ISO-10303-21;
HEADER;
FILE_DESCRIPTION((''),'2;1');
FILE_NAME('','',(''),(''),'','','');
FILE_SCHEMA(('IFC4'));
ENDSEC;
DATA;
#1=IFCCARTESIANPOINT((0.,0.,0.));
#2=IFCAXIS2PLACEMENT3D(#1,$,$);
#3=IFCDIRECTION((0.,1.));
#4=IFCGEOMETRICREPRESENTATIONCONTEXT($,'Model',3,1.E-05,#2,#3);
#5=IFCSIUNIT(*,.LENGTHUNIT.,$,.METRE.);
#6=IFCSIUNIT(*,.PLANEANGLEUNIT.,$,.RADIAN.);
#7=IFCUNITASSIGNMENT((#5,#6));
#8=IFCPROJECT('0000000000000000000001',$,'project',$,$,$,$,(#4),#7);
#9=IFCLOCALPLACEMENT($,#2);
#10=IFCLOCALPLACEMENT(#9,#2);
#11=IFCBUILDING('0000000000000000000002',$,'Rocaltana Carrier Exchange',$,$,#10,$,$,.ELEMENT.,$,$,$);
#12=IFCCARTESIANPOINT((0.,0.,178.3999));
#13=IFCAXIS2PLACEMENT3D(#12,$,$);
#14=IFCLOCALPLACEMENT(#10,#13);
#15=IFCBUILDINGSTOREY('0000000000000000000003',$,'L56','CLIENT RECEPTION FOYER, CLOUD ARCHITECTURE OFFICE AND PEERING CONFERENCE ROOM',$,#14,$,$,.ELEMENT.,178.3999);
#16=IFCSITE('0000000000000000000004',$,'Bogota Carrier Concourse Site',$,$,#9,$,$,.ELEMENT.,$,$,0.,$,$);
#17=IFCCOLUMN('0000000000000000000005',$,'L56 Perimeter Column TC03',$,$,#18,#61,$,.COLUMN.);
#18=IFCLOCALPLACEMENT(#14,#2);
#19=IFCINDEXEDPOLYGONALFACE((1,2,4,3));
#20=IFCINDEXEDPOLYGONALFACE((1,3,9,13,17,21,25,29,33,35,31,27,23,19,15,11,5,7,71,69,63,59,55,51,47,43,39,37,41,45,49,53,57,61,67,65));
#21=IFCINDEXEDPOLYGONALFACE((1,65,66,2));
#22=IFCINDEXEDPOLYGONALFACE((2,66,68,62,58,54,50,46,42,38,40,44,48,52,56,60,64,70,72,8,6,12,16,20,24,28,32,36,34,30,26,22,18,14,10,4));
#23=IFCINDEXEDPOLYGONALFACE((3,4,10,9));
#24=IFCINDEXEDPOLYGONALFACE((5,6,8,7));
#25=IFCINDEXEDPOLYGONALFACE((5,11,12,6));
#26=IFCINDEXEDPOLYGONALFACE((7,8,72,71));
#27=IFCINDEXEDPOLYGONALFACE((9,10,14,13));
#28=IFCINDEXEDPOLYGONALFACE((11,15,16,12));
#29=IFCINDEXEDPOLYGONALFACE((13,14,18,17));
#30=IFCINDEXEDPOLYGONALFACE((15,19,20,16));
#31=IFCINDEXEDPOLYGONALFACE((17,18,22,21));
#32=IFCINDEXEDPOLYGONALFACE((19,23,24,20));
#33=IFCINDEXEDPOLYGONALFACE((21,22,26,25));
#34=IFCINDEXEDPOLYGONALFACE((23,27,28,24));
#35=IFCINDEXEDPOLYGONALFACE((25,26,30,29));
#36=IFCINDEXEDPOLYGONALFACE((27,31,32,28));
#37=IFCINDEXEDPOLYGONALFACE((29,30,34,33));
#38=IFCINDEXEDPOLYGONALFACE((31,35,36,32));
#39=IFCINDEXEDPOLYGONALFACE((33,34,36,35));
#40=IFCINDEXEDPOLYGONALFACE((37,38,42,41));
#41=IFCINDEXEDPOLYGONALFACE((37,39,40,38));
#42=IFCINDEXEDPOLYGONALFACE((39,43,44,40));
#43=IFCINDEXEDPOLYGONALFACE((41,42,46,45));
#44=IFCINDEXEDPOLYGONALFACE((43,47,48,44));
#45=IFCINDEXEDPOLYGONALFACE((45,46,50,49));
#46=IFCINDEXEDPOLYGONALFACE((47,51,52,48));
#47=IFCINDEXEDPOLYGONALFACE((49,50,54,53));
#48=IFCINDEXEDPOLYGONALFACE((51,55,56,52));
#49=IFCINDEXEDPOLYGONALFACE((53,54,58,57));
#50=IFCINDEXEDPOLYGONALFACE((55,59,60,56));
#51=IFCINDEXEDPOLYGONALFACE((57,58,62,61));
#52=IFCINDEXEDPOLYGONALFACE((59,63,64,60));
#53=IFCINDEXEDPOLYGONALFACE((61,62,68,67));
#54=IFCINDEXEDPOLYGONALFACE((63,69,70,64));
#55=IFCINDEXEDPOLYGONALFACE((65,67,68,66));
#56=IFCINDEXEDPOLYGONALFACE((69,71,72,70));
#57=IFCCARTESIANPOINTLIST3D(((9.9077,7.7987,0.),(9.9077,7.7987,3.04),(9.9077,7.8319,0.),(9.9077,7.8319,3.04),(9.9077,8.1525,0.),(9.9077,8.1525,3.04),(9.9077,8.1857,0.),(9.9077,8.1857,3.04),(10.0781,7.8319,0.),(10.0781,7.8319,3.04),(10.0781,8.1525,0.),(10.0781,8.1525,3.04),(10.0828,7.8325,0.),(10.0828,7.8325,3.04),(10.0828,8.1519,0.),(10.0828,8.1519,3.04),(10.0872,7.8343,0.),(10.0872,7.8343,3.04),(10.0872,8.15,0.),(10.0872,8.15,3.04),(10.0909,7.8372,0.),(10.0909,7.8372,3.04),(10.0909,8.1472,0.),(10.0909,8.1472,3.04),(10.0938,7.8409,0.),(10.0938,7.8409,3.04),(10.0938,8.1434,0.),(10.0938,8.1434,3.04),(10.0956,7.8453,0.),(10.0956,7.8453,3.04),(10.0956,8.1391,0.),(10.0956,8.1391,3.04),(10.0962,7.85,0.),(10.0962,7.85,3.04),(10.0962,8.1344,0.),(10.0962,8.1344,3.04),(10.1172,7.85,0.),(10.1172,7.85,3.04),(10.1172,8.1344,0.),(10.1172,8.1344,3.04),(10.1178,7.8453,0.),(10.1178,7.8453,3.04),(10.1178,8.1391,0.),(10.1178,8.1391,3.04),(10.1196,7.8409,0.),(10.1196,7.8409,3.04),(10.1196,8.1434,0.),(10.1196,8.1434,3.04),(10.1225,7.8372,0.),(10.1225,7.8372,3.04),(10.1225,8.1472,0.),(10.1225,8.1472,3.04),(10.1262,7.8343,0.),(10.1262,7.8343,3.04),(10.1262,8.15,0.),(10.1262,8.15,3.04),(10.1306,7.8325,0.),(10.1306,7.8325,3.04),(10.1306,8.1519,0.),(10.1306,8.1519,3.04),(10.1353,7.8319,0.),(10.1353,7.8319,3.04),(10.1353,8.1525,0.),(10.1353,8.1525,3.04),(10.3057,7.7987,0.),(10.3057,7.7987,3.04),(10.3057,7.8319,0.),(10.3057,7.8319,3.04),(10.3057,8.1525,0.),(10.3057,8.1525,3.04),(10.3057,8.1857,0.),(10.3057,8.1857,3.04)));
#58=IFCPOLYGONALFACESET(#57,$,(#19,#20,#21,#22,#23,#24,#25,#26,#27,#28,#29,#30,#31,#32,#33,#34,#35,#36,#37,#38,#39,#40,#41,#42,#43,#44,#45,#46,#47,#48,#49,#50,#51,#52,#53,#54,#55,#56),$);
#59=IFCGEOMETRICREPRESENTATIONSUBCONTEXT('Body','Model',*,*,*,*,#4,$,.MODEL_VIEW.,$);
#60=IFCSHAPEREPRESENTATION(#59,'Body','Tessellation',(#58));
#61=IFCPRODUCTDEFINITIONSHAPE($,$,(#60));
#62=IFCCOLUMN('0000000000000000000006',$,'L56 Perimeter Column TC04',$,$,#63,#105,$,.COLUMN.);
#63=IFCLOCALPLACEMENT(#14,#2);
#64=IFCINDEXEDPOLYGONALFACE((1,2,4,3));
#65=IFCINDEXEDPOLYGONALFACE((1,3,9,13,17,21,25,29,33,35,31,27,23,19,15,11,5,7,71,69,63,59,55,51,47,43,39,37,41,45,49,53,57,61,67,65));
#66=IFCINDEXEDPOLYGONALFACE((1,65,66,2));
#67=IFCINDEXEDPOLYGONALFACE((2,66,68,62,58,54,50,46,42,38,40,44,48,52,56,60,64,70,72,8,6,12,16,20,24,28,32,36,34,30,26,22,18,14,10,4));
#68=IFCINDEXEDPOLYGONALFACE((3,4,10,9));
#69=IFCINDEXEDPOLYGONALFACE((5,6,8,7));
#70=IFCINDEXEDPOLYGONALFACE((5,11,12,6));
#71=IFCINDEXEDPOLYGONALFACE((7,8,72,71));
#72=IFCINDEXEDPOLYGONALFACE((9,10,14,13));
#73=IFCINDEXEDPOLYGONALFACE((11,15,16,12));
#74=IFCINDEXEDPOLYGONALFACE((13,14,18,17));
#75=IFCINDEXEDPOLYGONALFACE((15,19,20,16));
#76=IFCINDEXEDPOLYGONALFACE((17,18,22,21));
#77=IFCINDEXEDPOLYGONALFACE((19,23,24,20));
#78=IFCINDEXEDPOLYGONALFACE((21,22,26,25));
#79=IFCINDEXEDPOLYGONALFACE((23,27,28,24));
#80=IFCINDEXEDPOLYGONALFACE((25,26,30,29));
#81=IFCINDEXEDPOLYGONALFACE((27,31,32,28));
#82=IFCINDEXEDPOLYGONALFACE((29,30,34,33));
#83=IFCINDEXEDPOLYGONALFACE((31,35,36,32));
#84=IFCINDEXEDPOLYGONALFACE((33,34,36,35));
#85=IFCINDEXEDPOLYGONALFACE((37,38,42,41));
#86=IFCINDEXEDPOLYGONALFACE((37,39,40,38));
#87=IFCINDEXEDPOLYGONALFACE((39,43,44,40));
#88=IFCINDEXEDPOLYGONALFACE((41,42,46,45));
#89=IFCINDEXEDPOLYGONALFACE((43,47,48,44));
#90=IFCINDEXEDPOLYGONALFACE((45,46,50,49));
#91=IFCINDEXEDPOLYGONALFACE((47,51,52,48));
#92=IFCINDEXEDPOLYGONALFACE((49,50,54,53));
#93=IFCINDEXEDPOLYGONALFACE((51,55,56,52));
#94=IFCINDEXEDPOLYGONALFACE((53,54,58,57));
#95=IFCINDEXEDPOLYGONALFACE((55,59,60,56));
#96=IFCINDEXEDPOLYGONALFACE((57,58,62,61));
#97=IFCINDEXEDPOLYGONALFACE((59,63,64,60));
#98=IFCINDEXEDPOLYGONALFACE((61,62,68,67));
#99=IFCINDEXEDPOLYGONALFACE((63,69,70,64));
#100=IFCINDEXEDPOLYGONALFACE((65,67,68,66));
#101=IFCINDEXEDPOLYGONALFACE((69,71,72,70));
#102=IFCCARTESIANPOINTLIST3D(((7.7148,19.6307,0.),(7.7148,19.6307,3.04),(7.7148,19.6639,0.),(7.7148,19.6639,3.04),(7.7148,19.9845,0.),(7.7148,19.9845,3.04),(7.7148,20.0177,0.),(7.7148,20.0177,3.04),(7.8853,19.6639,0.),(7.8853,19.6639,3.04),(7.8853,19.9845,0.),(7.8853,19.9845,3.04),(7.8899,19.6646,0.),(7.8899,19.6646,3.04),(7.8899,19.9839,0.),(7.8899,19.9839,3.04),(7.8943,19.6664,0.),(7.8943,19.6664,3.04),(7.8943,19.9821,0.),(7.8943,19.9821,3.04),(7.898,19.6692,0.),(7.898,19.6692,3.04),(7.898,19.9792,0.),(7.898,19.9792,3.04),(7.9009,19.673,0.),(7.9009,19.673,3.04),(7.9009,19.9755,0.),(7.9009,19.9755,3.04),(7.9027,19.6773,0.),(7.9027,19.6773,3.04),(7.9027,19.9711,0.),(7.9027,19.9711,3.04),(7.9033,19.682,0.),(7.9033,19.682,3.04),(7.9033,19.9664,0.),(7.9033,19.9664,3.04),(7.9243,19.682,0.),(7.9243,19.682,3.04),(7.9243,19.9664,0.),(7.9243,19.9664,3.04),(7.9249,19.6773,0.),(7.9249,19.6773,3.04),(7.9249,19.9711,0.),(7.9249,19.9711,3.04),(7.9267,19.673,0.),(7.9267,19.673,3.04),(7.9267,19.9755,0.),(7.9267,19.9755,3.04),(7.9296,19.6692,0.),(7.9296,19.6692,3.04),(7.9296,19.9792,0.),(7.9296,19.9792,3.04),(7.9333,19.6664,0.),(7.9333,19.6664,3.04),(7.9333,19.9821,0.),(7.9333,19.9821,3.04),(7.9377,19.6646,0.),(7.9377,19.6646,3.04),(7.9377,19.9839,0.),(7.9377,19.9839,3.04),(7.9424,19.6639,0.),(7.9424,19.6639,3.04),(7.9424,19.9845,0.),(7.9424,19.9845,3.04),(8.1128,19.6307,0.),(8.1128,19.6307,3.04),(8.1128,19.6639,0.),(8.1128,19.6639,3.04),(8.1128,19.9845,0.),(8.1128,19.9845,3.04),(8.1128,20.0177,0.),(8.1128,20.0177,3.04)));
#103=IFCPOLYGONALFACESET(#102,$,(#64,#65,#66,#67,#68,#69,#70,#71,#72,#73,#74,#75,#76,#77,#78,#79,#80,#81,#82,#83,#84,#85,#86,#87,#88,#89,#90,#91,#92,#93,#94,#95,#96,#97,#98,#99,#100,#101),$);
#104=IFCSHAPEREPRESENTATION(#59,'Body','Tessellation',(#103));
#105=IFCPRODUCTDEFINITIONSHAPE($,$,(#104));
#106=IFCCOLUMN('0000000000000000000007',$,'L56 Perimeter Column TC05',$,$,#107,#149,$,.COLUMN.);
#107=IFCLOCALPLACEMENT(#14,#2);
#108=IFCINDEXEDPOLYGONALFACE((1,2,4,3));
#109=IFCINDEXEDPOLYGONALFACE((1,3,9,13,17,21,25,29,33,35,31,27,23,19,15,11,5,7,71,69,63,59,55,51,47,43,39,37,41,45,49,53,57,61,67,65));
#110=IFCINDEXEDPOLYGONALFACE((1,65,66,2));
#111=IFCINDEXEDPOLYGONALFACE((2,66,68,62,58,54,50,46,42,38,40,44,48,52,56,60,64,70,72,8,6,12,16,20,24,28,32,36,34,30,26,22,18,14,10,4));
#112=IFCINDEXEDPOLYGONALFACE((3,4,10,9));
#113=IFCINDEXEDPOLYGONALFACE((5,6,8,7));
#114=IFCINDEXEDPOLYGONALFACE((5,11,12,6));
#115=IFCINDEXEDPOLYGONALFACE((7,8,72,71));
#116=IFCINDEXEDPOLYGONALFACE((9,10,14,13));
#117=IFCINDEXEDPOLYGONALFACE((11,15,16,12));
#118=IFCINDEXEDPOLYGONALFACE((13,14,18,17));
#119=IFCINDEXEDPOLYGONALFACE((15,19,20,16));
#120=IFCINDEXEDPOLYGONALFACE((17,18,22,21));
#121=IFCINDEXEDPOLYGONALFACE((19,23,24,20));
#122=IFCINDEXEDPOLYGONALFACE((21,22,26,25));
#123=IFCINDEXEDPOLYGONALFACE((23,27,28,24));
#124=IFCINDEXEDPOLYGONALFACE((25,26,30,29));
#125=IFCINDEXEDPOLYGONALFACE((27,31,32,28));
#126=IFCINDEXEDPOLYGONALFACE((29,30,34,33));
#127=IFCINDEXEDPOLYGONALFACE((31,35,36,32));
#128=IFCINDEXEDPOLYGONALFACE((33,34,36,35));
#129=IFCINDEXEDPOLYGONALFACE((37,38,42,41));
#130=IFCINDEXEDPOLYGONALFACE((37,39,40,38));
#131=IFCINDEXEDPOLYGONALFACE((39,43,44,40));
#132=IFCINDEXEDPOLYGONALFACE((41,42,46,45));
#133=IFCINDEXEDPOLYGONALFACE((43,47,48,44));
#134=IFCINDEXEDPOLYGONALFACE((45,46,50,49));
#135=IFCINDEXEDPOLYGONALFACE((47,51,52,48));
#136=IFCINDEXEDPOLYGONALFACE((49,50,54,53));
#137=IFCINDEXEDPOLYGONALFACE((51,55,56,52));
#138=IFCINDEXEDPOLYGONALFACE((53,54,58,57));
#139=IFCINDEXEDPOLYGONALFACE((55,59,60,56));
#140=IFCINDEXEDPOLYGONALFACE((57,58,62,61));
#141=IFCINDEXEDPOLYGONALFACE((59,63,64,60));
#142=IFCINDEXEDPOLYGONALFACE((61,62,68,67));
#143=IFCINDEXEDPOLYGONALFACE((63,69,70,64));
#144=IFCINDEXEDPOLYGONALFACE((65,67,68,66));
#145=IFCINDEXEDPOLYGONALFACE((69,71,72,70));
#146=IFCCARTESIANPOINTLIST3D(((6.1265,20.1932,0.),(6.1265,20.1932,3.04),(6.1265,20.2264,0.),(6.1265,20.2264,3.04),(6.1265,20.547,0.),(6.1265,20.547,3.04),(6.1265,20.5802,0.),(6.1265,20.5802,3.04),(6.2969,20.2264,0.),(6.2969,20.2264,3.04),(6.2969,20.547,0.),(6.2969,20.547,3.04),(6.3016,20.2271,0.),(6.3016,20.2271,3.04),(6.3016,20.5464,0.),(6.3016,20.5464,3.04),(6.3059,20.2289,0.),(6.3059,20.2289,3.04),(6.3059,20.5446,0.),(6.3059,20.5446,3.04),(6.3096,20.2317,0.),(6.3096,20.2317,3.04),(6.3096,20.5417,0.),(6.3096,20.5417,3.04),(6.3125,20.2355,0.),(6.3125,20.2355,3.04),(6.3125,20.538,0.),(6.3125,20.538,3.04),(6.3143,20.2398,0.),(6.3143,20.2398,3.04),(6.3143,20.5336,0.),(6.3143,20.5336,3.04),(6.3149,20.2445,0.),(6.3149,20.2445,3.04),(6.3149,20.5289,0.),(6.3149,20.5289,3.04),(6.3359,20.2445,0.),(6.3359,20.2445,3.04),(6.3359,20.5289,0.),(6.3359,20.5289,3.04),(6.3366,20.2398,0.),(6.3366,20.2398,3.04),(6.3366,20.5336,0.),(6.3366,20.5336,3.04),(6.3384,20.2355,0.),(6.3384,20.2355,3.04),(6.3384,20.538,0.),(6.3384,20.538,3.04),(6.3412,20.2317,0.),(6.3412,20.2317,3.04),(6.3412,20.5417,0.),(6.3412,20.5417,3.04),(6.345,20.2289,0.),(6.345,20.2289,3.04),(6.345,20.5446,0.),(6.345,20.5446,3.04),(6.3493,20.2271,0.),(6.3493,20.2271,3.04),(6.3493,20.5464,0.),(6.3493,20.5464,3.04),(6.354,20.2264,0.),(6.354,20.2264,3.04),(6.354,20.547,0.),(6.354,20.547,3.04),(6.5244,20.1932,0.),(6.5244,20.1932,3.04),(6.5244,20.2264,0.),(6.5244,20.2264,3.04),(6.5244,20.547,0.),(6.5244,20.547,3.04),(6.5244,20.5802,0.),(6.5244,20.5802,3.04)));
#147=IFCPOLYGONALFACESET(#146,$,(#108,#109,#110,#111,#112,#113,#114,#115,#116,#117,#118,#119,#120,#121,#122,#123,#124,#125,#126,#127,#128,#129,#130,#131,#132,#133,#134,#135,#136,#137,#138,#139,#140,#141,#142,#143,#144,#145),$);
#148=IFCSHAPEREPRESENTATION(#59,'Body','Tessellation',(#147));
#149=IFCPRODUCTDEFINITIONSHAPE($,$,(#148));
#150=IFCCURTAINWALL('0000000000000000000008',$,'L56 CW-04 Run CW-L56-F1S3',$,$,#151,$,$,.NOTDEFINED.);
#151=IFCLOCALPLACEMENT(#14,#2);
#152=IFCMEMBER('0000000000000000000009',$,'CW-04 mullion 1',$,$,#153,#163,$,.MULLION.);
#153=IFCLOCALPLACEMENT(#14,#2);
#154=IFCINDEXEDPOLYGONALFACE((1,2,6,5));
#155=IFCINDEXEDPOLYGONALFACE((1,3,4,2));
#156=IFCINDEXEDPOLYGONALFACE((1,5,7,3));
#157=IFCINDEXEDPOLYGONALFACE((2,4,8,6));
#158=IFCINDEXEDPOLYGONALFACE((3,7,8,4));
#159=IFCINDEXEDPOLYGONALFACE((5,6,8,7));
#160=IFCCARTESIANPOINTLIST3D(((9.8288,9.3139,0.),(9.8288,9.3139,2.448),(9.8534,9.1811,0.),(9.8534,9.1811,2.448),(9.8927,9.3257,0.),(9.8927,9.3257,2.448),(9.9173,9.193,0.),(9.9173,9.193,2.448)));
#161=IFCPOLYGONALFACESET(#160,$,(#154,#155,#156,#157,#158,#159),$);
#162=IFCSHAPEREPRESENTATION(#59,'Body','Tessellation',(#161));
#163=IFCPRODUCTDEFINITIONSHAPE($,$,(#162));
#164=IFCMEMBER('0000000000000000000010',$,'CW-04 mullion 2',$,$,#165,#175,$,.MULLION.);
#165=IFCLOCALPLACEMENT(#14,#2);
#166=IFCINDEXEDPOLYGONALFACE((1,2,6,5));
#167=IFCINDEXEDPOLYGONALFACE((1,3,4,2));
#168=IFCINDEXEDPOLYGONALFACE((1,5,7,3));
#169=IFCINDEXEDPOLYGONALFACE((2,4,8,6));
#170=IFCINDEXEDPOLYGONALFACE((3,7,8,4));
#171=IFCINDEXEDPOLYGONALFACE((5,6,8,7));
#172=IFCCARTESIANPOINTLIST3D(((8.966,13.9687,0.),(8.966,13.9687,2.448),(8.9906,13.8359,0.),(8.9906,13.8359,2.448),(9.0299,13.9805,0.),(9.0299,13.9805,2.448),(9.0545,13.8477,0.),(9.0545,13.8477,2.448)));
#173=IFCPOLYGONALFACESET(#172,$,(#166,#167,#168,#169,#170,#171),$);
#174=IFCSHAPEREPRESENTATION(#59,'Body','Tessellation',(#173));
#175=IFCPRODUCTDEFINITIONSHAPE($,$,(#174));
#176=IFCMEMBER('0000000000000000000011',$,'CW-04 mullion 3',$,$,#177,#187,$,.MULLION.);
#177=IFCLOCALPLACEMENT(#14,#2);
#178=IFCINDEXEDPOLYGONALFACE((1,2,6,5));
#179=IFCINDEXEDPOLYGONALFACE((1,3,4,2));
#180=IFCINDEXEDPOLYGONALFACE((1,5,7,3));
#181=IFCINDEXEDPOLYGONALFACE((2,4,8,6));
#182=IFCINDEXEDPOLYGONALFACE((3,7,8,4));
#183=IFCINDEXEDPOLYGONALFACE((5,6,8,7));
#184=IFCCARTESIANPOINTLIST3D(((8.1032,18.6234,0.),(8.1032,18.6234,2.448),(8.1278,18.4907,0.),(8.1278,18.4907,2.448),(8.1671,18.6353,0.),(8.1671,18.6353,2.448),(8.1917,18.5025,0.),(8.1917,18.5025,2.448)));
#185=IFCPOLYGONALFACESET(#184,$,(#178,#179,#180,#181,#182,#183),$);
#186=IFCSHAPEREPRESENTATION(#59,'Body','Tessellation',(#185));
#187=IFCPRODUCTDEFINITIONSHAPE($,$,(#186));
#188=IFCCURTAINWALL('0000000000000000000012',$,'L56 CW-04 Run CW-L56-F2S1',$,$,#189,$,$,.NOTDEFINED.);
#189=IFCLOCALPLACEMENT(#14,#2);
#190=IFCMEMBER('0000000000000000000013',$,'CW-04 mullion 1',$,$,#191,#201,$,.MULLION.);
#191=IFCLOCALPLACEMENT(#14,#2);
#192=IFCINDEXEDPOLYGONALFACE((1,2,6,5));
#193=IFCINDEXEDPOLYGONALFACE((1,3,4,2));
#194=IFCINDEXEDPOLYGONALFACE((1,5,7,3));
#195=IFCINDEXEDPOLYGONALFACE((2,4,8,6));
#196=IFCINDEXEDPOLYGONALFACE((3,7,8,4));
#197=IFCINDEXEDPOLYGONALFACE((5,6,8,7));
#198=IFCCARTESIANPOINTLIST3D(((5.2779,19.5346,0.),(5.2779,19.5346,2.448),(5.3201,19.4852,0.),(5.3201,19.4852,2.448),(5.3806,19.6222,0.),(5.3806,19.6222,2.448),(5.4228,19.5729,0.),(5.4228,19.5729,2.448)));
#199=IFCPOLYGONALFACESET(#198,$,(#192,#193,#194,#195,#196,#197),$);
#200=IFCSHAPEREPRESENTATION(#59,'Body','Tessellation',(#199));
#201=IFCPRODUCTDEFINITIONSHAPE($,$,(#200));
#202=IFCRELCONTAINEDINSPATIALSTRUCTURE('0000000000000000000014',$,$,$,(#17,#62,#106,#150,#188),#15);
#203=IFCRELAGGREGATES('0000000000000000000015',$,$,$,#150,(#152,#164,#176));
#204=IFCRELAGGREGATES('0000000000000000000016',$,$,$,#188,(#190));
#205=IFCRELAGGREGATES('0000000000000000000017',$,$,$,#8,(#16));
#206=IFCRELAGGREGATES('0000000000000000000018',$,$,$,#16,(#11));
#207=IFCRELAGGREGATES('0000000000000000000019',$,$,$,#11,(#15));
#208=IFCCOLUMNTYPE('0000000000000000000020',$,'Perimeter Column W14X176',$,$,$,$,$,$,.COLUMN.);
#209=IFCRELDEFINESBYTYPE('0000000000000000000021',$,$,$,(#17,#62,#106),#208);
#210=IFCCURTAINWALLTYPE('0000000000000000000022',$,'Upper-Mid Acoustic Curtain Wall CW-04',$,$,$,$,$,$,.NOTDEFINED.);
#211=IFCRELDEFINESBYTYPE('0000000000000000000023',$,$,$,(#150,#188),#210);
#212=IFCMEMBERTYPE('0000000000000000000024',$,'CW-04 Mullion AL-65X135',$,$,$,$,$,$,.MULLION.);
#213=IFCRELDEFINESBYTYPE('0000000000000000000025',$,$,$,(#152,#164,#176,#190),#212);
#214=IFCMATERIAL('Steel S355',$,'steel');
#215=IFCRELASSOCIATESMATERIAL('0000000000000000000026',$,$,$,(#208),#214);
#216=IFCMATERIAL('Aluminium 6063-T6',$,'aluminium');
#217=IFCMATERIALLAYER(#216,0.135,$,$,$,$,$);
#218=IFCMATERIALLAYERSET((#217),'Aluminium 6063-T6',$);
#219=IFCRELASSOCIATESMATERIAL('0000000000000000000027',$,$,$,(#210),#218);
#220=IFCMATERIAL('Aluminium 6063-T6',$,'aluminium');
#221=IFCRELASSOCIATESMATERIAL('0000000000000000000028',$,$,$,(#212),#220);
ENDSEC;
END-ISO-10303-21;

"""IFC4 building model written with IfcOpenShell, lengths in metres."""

from ifc_helpers import new_model, si_unit, direction, frame, origin, origin_2d, place, context, subcontext, project, spatial, rectangle, i_section, extrude, material, layer, layer_set, material_profile, profile_set, type_object, element, aggregate, save


model = new_model("IFC4")

# Units and contexts
model_context = context("Model", 3, precision=1e-05, world=origin(), true_north=direction((0.0, 1.0)))
body_context = subcontext(model_context, "Body", "Model", "MODEL_VIEW")
ifc_project = project(units=[si_unit("LENGTHUNIT", "METRE"), si_unit("PLANEANGLEUNIT", "RADIAN")], contexts=[model_context])

# Site, building, storey
site_placement = place(None, origin())
site = spatial("IfcSite", under=ifc_project, at=site_placement, Name="Bogota Carrier Concourse Site", CompositionType="ELEMENT", RefElevation=0.0)
building_placement = place(site_placement, origin())
building = spatial("IfcBuilding", under=site, at=building_placement, Name="Rocaltana Carrier Exchange", CompositionType="ELEMENT")
storey_placement = place(building_placement, frame((0.0, 0.0, 178.3999)))
storey = spatial("IfcBuildingStorey", under=building, at=storey_placement, Name="L56", Description="CLIENT RECEPTION FOYER, CLOUD ARCHITECTURE OFFICE AND PEERING CONFERENCE ROOM", CompositionType="ELEMENT", Elevation=178.3999)

# Columns
ifc_material_1 = material(Name="Steel S355", Category="steel")
ifc_material_profile_1 = material_profile(ifc_material_1, i_section(OverallWidth=0.3979, OverallDepth=0.387, WebThickness=0.021, FlangeThickness=0.0332, FilletRadius=0.0181, at=origin_2d()), Name="W14X176")
ifc_profile_set_1 = profile_set([ifc_material_profile_1], Name="Steel S355")
column_type = type_object("IfcColumnType", Name="Perimeter Column W14X176", PredefinedType="COLUMN", material=ifc_profile_set_1)
for number, where, z_axis, x_axis, name in (
    (1, (10.1067, 7.9922, 0.0), (0.0, 0.0, 1.0), (1.0, 0.0, 0.0), "L56 Perimeter Column TC03"),
    (2, (7.9138, 19.8242, 0.0), (0.0, 0.0, 1.0), (1.0, 0.0, 0.0), "L56 Perimeter Column TC04"),
    (3, (6.3254, 20.3867, 0.0), (0.0, 0.0, 1.0), (1.0, 0.0, 0.0), "L56 Perimeter Column TC05"),
):
    element("IfcColumn", number, at=place(storey_placement, frame(where, z_axis=z_axis, x_axis=x_axis)), inside=storey, type_object=column_type, Name=name, PredefinedType="COLUMN", context=body_context, shape_type="SweptSolid", body=[
        extrude(i_section(OverallWidth=0.3979, OverallDepth=0.387, WebThickness=0.021, FlangeThickness=0.0332, FilletRadius=0.0181, at=origin_2d()), origin(), (0.0, 0.0, 1.0), 3.04),
    ])

# Curtain walls, members
ifc_material_2 = material(Name="Aluminium 6063-T6", Category="aluminium")
ifc_layer_1 = layer(ifc_material_2, 0.135)
ifc_layer_set_1 = layer_set([ifc_layer_1], Name="Aluminium 6063-T6")
curtain_wall_type = type_object("IfcCurtainWallType", Name="Upper-Mid Acoustic Curtain Wall CW-04", PredefinedType="NOTDEFINED", material=ifc_layer_set_1)
curtain_wall_1_placement = place(storey_placement, origin())
curtain_wall_1 = element("IfcCurtainWall", 4, at=curtain_wall_1_placement, inside=storey, type_object=curtain_wall_type, Name="L56 CW-04 Run CW-L56-F1S3", PredefinedType="NOTDEFINED")
ifc_material_3 = material(Name="Aluminium 6063-T6", Category="aluminium")
ifc_material_profile_2 = material_profile(ifc_material_3, rectangle(XDim=0.0649, YDim=0.135, at=origin_2d()), Name="AL-65X135")
ifc_profile_set_2 = profile_set([ifc_material_profile_2], Name="Aluminium 6063-T6")
member_type_1 = type_object("IfcMemberType", Name="CW-04 Mullion AL-65X135", PredefinedType="MULLION", material=ifc_profile_set_2)
member_1_placement = place(storey_placement, frame((9.873, 9.2534, 0.0), z_axis=(0.0, 0.0, 1.0), x_axis=(-0.983255, -0.182236, 0.0)))
member_1 = element("IfcMember", 5, at=member_1_placement, type_object=member_type_1, Name="CW-04 mullion 1", PredefinedType="MULLION", context=body_context, shape_type="SweptSolid", body=[
    extrude(rectangle(XDim=0.0649, YDim=0.135, at=origin_2d()), origin(), (0.0, 0.0, 1.0), 2.448),
])
member_2_placement = place(storey_placement, frame((9.0103, 13.9082, 0.0), z_axis=(0.0, 0.0, 1.0), x_axis=(-0.983255, -0.182236, 0.0)))
member_2 = element("IfcMember", 6, at=member_2_placement, type_object=member_type_1, Name="CW-04 mullion 2", PredefinedType="MULLION", context=body_context, shape_type="SweptSolid", body=[
    extrude(rectangle(XDim=0.0649, YDim=0.135, at=origin_2d()), origin(), (0.0, 0.0, 1.0), 2.448),
])
member_3_placement = place(storey_placement, frame((8.1475, 18.563, 0.0), z_axis=(0.0, 0.0, 1.0), x_axis=(-0.983255, -0.182236, 0.0)))
member_3 = element("IfcMember", 7, at=member_3_placement, type_object=member_type_1, Name="CW-04 mullion 3", PredefinedType="MULLION", context=body_context, shape_type="SweptSolid", body=[
    extrude(rectangle(XDim=0.0649, YDim=0.135, at=origin_2d()), origin(), (0.0, 0.0, 1.0), 2.448),
])
curtain_wall_2_placement = place(storey_placement, origin())
curtain_wall_2 = element("IfcCurtainWall", 8, at=curtain_wall_2_placement, inside=storey, type_object=curtain_wall_type, Name="L56 CW-04 Run CW-L56-F2S1", PredefinedType="NOTDEFINED")
member_4_placement = place(storey_placement, frame((5.3503, 19.5537, 0.0), z_axis=(0.0, 0.0, 1.0), x_axis=(0.649448, -0.760406, 0.0)))
member_4 = element("IfcMember", 9, at=member_4_placement, type_object=member_type_1, Name="CW-04 mullion 1", PredefinedType="MULLION", context=body_context, shape_type="SweptSolid", body=[
    extrude(rectangle(XDim=0.0649, YDim=0.135, at=origin_2d()), origin(), (0.0, 0.0, 1.0), 2.448),
])

aggregate(curtain_wall_1, [member_1, member_2, member_3])
aggregate(curtain_wall_2, [member_4])

save(model, "model.ifc")
